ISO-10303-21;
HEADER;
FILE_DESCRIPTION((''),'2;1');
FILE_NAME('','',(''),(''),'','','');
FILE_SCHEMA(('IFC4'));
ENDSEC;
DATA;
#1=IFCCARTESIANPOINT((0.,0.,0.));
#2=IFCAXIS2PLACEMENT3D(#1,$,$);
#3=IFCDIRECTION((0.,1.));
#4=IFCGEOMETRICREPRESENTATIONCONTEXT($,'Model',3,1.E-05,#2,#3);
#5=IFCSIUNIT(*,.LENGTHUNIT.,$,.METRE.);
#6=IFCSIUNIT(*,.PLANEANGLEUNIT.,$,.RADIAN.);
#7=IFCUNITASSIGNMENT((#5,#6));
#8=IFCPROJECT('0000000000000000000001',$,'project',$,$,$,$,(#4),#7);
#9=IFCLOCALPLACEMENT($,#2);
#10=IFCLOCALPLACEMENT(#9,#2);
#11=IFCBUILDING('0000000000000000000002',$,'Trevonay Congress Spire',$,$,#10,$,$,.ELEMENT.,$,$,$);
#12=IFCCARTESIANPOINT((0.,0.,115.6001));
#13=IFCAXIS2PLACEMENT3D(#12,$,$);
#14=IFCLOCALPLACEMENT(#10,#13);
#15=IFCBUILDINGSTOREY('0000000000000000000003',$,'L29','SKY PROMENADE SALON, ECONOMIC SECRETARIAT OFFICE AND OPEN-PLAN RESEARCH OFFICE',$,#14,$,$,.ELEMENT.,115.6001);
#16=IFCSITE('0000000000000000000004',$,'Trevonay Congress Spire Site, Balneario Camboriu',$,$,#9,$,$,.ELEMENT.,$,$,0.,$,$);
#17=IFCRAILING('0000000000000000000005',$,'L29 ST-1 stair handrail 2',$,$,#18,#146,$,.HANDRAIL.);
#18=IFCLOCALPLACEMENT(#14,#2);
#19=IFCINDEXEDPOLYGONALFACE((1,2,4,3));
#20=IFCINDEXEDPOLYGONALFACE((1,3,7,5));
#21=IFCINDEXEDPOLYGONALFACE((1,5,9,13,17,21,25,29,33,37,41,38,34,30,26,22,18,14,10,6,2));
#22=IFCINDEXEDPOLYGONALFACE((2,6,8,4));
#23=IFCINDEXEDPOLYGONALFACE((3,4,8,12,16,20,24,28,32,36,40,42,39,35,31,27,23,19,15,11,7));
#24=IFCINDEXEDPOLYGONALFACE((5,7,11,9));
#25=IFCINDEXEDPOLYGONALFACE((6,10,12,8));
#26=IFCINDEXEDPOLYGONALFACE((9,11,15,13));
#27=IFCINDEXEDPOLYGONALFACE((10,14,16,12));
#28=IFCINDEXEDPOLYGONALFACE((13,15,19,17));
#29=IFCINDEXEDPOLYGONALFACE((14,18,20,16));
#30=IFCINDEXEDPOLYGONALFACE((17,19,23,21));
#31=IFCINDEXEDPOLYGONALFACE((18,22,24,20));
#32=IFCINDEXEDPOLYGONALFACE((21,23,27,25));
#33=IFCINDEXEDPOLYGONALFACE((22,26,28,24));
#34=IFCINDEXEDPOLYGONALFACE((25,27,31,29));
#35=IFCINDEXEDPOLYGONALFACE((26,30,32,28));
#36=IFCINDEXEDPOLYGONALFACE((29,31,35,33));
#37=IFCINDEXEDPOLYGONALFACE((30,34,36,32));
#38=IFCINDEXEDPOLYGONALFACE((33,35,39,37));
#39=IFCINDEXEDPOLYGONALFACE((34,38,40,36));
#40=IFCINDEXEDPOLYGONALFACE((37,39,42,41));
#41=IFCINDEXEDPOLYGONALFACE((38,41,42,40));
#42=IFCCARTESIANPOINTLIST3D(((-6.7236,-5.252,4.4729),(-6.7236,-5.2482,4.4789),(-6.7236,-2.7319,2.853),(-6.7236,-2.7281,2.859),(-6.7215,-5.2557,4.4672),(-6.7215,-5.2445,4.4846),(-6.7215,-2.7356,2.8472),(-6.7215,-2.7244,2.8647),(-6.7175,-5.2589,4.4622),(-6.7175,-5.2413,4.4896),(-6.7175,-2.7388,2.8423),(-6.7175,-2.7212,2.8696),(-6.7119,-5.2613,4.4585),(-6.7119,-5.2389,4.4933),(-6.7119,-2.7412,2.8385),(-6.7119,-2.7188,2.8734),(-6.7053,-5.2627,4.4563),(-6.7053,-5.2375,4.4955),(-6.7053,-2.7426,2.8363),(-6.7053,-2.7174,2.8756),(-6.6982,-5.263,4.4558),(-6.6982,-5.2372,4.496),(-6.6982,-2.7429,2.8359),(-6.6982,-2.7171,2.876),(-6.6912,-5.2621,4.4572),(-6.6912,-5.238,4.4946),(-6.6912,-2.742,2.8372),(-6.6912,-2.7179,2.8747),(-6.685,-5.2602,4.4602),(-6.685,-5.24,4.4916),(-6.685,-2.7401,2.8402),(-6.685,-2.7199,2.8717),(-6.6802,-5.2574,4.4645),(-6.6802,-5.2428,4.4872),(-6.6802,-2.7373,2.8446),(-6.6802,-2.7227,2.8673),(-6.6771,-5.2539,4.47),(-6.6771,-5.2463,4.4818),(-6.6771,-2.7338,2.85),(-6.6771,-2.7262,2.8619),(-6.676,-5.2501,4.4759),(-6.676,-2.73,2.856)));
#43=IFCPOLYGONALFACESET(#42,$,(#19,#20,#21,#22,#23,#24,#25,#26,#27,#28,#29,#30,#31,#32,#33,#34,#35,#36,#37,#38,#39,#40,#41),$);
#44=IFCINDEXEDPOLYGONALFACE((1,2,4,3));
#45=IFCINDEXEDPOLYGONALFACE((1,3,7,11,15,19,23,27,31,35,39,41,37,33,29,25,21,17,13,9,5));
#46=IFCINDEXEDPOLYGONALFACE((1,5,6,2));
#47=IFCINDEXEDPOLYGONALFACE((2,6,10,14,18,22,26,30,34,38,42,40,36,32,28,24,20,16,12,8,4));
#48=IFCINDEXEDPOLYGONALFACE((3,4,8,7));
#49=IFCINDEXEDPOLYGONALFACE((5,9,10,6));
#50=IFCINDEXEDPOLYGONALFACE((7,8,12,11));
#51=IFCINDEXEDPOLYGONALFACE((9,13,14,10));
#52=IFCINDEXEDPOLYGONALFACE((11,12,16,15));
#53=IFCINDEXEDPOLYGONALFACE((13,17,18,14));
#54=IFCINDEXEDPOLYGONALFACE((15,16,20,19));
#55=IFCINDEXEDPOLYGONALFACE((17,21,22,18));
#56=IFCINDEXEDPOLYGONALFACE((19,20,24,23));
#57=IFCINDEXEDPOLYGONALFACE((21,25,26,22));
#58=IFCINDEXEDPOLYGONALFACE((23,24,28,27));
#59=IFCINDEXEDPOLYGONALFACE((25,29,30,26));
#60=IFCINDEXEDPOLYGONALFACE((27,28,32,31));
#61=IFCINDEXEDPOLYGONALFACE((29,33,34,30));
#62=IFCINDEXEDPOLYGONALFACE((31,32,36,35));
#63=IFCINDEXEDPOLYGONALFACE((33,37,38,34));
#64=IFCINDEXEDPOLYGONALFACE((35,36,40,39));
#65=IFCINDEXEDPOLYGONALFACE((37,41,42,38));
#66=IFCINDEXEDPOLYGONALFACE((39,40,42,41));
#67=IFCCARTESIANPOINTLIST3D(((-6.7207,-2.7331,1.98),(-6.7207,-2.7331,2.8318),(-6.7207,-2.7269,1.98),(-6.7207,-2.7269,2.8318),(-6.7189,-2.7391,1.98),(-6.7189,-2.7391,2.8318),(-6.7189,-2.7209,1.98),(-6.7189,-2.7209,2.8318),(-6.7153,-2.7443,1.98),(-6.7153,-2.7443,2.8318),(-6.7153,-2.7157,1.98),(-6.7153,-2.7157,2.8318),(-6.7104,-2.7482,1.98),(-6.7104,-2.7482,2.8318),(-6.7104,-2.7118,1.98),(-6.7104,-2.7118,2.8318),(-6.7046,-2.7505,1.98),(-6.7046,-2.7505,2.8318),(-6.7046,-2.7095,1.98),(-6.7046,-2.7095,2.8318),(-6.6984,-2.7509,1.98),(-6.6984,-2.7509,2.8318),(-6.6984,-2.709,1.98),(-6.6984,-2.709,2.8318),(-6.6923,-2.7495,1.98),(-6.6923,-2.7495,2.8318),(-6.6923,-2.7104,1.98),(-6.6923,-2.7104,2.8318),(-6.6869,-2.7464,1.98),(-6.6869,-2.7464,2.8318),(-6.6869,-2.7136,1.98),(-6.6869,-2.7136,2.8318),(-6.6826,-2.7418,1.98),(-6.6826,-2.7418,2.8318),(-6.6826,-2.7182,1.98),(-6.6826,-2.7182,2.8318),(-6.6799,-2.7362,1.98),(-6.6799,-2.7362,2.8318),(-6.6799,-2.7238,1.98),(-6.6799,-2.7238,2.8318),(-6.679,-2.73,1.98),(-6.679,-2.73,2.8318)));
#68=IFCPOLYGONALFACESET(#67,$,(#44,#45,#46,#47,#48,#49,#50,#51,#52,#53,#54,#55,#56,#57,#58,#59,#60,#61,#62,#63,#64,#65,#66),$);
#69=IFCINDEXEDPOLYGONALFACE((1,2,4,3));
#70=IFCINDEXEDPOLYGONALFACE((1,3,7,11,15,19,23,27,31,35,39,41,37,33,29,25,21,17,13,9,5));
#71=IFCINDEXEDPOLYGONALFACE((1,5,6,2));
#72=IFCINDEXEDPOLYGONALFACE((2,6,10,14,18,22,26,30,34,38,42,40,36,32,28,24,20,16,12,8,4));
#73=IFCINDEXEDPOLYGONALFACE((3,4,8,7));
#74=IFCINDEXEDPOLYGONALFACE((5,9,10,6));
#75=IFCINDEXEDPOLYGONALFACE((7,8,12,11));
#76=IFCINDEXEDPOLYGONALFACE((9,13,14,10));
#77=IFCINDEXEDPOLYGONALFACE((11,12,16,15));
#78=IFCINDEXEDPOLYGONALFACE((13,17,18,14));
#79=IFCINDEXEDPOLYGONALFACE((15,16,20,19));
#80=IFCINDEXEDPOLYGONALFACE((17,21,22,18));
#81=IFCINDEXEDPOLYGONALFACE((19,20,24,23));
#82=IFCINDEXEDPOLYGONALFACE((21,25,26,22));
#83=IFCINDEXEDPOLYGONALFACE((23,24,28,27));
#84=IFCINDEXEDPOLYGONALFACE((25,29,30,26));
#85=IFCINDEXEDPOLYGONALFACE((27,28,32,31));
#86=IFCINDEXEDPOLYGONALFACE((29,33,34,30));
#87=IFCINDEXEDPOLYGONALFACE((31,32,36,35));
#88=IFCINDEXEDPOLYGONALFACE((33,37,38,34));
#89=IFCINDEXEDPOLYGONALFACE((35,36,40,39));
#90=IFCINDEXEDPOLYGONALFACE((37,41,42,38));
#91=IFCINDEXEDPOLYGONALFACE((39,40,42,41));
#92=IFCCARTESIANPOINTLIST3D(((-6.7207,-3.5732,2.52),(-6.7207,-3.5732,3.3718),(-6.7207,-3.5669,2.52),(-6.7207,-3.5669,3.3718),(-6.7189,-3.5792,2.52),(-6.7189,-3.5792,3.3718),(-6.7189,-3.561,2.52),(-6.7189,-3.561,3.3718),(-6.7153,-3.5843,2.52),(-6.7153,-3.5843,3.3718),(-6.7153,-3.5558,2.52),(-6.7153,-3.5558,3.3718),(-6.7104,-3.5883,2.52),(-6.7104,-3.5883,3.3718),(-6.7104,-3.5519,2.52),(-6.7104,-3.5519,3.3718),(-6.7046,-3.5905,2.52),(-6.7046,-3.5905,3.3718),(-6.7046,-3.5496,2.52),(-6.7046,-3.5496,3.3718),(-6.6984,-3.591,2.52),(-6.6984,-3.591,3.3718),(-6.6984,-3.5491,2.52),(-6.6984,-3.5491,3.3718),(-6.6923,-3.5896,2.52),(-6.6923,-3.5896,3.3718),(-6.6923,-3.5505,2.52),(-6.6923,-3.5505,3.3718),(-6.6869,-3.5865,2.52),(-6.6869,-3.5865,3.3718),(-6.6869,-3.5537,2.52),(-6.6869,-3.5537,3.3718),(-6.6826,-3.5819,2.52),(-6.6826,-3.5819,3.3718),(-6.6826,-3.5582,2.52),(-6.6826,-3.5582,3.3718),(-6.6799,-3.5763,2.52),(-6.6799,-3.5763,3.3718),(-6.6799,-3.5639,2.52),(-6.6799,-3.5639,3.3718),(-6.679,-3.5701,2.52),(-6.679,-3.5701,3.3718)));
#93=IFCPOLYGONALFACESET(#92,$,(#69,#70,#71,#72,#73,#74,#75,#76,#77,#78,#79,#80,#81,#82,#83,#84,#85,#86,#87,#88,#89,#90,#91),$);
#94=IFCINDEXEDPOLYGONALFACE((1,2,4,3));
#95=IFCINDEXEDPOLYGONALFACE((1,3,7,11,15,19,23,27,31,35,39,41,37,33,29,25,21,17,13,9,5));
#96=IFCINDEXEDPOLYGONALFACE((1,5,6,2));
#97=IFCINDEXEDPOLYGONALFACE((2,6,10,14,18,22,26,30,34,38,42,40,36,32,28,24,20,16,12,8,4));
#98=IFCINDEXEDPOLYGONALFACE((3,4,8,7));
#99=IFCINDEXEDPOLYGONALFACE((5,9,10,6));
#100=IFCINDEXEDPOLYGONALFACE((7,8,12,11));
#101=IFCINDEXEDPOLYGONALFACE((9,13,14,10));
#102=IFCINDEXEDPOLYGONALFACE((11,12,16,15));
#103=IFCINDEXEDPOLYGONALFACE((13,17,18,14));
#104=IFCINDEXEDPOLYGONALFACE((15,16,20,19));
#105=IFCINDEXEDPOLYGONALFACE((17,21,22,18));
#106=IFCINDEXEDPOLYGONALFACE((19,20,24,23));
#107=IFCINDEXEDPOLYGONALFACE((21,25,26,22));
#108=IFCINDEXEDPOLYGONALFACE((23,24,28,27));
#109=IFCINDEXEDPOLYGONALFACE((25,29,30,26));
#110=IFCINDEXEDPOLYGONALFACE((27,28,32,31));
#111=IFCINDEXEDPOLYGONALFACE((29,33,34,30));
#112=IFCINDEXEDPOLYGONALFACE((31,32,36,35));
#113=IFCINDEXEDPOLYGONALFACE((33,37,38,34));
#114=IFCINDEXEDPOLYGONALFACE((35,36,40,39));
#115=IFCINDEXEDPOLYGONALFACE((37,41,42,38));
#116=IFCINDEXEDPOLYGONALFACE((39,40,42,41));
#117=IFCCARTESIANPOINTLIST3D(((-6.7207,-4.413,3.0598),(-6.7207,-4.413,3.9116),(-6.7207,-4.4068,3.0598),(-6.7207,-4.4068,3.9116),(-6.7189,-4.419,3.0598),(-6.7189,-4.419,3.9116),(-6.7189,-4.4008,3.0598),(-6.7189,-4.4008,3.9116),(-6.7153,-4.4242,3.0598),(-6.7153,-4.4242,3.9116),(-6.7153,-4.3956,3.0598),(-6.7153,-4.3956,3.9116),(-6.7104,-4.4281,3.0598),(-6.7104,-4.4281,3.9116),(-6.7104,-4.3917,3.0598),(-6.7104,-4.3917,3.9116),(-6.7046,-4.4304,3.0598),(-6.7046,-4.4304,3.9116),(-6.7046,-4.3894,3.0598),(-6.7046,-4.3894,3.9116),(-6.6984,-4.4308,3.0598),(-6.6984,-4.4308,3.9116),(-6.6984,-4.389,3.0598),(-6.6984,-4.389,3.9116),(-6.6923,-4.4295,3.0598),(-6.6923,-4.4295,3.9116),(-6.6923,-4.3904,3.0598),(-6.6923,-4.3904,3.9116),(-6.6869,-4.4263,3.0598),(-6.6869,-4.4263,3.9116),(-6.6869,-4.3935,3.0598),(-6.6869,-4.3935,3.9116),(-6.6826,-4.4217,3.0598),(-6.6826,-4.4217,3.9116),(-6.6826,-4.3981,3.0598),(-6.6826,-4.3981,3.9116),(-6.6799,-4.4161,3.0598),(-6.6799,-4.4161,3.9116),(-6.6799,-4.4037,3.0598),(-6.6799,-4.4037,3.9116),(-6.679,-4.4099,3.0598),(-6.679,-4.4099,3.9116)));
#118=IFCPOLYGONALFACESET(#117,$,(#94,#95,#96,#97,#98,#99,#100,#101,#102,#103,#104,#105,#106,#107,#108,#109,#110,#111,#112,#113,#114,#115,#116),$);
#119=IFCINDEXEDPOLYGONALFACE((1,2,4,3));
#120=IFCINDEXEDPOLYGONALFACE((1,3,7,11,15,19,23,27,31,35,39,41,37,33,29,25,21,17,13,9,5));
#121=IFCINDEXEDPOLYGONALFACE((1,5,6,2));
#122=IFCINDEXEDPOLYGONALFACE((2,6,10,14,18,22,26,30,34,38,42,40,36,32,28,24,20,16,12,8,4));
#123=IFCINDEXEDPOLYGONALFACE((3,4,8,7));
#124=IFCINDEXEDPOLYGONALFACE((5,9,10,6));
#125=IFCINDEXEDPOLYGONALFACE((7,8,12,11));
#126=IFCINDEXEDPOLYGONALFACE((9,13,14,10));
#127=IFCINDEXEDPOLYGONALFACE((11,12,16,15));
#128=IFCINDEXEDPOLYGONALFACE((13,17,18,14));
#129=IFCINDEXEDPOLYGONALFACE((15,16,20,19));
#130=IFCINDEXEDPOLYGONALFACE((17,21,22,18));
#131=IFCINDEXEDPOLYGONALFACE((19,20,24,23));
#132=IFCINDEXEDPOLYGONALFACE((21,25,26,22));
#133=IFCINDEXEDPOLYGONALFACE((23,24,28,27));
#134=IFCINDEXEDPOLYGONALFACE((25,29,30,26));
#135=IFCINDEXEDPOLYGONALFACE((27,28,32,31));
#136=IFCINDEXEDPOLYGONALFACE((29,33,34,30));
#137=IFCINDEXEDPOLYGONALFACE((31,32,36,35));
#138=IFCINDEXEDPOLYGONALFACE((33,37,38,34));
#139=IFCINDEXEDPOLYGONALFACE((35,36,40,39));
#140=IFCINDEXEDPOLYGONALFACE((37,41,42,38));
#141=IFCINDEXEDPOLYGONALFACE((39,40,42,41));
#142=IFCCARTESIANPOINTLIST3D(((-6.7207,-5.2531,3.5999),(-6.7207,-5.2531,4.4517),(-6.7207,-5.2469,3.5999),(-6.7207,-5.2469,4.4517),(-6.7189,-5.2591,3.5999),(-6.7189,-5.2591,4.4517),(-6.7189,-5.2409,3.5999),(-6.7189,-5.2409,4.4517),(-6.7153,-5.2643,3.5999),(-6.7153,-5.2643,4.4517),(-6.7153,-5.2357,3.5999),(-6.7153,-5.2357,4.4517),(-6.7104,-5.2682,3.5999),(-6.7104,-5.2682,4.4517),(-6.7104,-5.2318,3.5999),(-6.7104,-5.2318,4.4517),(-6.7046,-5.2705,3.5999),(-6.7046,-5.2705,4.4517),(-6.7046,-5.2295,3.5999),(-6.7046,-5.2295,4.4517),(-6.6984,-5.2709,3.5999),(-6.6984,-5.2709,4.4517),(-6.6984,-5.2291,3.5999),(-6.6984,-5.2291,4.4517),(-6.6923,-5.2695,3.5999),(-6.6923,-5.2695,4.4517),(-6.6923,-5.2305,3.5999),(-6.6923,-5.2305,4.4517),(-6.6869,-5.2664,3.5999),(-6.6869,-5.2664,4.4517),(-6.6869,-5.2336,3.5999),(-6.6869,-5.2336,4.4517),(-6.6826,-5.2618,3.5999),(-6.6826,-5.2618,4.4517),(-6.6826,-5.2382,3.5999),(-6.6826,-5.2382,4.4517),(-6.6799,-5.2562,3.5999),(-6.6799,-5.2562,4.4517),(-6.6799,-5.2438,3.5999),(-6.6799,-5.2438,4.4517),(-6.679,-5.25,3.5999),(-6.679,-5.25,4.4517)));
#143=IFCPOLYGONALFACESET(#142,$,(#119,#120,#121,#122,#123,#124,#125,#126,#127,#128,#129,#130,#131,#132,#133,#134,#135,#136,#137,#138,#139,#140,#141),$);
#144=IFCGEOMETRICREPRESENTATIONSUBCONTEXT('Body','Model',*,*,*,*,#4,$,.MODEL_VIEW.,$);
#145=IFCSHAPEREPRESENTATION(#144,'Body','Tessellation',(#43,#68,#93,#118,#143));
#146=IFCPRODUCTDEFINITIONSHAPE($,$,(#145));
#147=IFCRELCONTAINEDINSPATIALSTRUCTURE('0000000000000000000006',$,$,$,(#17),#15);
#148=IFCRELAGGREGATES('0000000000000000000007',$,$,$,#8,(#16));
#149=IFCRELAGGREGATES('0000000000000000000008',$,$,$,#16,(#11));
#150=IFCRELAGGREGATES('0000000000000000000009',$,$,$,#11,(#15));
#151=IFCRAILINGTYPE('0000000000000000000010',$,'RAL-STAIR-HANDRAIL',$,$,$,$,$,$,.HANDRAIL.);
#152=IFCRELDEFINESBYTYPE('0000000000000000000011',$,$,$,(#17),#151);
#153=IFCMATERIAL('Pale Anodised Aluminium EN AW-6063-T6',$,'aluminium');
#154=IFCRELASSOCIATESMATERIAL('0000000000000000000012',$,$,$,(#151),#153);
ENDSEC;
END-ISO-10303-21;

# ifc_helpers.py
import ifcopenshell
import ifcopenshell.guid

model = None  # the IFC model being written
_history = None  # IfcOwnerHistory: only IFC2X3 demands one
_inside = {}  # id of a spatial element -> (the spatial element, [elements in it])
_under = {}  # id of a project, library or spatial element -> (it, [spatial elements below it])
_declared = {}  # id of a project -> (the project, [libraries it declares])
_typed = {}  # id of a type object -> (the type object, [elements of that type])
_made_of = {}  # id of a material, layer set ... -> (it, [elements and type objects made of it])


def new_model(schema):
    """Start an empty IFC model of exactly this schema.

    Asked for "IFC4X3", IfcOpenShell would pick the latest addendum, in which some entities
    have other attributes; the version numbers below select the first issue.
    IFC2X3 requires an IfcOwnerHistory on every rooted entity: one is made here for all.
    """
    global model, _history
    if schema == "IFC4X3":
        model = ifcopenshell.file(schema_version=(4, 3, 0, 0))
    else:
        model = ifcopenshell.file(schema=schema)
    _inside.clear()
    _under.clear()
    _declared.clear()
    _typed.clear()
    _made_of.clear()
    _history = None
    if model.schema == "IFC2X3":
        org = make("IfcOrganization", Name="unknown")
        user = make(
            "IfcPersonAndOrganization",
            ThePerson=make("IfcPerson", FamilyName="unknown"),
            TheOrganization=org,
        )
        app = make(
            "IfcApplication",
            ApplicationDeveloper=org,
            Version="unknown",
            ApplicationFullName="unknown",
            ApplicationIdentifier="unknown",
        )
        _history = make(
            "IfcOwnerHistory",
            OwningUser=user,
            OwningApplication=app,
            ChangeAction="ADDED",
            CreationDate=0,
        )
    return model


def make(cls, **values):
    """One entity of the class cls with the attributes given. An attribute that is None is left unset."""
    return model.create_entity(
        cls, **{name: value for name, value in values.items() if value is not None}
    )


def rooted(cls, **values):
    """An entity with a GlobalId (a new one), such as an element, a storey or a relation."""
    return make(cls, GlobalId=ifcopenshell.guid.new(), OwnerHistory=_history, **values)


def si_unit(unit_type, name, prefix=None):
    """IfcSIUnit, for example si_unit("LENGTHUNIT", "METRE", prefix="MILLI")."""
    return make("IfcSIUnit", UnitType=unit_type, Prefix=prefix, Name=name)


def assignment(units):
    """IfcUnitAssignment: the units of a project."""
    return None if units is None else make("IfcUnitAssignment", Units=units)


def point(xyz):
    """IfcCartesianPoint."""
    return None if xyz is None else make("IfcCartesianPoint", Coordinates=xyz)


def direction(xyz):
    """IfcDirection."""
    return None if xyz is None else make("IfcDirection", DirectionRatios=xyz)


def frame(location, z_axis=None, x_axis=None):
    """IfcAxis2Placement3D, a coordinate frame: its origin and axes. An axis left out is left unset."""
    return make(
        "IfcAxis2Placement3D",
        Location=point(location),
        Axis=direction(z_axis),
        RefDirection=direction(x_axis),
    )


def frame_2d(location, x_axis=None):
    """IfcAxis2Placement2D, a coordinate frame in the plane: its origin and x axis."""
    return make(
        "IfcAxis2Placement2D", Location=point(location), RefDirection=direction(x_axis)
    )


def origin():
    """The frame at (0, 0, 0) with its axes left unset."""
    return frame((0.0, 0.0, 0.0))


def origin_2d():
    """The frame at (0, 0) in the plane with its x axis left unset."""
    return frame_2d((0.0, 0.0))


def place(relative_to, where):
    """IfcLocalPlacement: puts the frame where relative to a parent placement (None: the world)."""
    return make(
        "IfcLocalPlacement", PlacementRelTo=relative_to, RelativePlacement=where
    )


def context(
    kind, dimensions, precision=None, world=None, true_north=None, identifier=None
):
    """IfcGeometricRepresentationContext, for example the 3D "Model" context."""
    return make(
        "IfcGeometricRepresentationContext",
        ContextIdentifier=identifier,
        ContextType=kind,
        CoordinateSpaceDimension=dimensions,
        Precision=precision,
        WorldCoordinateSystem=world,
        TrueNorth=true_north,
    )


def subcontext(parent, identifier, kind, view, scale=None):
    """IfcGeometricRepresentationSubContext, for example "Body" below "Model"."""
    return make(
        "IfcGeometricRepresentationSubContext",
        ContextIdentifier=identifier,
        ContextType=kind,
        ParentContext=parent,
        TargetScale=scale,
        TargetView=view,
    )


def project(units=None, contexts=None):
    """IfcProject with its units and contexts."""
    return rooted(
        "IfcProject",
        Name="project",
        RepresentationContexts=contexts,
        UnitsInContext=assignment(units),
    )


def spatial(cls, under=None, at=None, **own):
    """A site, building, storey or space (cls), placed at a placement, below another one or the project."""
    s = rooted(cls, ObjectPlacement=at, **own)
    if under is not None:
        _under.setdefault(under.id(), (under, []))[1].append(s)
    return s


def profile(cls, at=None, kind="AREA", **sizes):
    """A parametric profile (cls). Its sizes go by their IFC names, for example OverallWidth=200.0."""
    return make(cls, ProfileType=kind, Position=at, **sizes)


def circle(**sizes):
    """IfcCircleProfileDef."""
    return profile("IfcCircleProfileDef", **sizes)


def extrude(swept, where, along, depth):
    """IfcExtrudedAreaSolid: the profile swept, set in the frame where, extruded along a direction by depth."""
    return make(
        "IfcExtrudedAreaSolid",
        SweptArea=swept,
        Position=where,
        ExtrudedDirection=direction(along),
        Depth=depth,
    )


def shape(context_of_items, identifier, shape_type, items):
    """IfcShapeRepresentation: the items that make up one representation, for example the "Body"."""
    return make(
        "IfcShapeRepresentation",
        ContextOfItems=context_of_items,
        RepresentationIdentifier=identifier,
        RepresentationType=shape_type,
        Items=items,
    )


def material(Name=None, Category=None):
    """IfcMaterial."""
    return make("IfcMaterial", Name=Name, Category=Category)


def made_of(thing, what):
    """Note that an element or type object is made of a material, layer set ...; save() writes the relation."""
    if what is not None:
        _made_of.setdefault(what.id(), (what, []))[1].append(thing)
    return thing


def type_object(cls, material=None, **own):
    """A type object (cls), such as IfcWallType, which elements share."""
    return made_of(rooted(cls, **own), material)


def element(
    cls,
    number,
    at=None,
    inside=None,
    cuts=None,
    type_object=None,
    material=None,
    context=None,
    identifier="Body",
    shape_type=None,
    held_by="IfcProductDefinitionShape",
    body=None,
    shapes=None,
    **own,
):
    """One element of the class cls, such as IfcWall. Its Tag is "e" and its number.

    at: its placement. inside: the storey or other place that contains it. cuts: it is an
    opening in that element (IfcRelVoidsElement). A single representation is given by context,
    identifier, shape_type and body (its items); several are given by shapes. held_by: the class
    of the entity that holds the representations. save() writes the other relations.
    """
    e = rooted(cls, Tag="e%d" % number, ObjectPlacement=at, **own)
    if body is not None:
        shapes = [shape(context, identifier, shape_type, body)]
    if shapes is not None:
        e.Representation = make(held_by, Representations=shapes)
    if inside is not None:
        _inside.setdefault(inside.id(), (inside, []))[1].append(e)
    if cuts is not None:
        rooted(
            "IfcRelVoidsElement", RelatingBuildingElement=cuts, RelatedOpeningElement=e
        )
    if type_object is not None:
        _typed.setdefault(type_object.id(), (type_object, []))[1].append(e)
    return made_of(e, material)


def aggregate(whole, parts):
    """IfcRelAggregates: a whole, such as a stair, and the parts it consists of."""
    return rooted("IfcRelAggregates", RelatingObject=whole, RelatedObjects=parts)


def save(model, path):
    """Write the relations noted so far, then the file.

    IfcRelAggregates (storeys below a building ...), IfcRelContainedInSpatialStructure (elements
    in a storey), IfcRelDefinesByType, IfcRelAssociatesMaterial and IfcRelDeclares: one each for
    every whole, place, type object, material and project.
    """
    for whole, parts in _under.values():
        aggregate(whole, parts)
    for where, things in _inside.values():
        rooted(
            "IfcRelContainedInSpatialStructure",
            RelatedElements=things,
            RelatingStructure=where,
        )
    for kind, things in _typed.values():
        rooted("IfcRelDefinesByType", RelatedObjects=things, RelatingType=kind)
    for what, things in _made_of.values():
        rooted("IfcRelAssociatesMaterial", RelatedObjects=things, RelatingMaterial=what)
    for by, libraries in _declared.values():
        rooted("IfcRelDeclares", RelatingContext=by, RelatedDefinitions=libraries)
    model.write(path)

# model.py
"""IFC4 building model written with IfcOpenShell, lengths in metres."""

from ifc_helpers import new_model, si_unit, direction, frame, origin, origin_2d, place, context, subcontext, project, spatial, circle, extrude, material, type_object, element, save


model = new_model("IFC4")

# Units and contexts
model_context = context("Model", 3, precision=1e-05, world=origin(), true_north=direction((0.0, 1.0)))
body_context = subcontext(model_context, "Body", "Model", "MODEL_VIEW")
ifc_project = project(units=[si_unit("LENGTHUNIT", "METRE"), si_unit("PLANEANGLEUNIT", "RADIAN")], contexts=[model_context])

# Site, building, storey
site_placement = place(None, origin())
site = spatial("IfcSite", under=ifc_project, at=site_placement, Name="Trevonay Congress Spire Site, Balneario Camboriu", CompositionType="ELEMENT", RefElevation=0.0)
building_placement = place(site_placement, origin())
building = spatial("IfcBuilding", under=site, at=building_placement, Name="Trevonay Congress Spire", CompositionType="ELEMENT")
storey_placement = place(building_placement, frame((0.0, 0.0, 115.6001)))
storey = spatial("IfcBuildingStorey", under=building, at=storey_placement, Name="L29", Description="SKY PROMENADE SALON, ECONOMIC SECRETARIAT OFFICE AND OPEN-PLAN RESEARCH OFFICE", CompositionType="ELEMENT", Elevation=115.6001)

# Railing
ifc_material_1 = material(Name="Pale Anodised Aluminium EN AW-6063-T6", Category="aluminium")
railing_type_1 = type_object("IfcRailingType", Name="RAL-STAIR-HANDRAIL", PredefinedType="HANDRAIL", material=ifc_material_1)
railing_1_placement = place(storey_placement, frame((-6.7, -2.73, 1.98)))
element("IfcRailing", 1, at=railing_1_placement, inside=storey, type_object=railing_type_1, Name="L29 ST-1 stair handrail 2", PredefinedType="HANDRAIL", context=body_context, shape_type="SweptSolid", body=[
    extrude(circle(Radius=0.0239, at=origin_2d()), frame((0.0, 0.0, 0.876), z_axis=(0.0, -0.8412, 0.540725), x_axis=(1.0, 0.0, 0.0)), (0.0, 0.0, 1.0), 2.9958),
    extrude(circle(Radius=0.021, at=origin_2d()), origin(), (0.0, 0.0, 1.0), 0.8518),
    extrude(circle(Radius=0.021, at=origin_2d()), frame((0.0, -0.8401, 0.54)), (0.0, 0.0, 1.0), 0.8518),
    extrude(circle(Radius=0.021, at=origin_2d()), frame((0.0, -1.6799, 1.0798)), (0.0, 0.0, 1.0), 0.8518),
    extrude(circle(Radius=0.021, at=origin_2d()), frame((0.0, -2.52, 1.6199)), (0.0, 0.0, 1.0), 0.8518),
])

save(model, "model.ifc")
